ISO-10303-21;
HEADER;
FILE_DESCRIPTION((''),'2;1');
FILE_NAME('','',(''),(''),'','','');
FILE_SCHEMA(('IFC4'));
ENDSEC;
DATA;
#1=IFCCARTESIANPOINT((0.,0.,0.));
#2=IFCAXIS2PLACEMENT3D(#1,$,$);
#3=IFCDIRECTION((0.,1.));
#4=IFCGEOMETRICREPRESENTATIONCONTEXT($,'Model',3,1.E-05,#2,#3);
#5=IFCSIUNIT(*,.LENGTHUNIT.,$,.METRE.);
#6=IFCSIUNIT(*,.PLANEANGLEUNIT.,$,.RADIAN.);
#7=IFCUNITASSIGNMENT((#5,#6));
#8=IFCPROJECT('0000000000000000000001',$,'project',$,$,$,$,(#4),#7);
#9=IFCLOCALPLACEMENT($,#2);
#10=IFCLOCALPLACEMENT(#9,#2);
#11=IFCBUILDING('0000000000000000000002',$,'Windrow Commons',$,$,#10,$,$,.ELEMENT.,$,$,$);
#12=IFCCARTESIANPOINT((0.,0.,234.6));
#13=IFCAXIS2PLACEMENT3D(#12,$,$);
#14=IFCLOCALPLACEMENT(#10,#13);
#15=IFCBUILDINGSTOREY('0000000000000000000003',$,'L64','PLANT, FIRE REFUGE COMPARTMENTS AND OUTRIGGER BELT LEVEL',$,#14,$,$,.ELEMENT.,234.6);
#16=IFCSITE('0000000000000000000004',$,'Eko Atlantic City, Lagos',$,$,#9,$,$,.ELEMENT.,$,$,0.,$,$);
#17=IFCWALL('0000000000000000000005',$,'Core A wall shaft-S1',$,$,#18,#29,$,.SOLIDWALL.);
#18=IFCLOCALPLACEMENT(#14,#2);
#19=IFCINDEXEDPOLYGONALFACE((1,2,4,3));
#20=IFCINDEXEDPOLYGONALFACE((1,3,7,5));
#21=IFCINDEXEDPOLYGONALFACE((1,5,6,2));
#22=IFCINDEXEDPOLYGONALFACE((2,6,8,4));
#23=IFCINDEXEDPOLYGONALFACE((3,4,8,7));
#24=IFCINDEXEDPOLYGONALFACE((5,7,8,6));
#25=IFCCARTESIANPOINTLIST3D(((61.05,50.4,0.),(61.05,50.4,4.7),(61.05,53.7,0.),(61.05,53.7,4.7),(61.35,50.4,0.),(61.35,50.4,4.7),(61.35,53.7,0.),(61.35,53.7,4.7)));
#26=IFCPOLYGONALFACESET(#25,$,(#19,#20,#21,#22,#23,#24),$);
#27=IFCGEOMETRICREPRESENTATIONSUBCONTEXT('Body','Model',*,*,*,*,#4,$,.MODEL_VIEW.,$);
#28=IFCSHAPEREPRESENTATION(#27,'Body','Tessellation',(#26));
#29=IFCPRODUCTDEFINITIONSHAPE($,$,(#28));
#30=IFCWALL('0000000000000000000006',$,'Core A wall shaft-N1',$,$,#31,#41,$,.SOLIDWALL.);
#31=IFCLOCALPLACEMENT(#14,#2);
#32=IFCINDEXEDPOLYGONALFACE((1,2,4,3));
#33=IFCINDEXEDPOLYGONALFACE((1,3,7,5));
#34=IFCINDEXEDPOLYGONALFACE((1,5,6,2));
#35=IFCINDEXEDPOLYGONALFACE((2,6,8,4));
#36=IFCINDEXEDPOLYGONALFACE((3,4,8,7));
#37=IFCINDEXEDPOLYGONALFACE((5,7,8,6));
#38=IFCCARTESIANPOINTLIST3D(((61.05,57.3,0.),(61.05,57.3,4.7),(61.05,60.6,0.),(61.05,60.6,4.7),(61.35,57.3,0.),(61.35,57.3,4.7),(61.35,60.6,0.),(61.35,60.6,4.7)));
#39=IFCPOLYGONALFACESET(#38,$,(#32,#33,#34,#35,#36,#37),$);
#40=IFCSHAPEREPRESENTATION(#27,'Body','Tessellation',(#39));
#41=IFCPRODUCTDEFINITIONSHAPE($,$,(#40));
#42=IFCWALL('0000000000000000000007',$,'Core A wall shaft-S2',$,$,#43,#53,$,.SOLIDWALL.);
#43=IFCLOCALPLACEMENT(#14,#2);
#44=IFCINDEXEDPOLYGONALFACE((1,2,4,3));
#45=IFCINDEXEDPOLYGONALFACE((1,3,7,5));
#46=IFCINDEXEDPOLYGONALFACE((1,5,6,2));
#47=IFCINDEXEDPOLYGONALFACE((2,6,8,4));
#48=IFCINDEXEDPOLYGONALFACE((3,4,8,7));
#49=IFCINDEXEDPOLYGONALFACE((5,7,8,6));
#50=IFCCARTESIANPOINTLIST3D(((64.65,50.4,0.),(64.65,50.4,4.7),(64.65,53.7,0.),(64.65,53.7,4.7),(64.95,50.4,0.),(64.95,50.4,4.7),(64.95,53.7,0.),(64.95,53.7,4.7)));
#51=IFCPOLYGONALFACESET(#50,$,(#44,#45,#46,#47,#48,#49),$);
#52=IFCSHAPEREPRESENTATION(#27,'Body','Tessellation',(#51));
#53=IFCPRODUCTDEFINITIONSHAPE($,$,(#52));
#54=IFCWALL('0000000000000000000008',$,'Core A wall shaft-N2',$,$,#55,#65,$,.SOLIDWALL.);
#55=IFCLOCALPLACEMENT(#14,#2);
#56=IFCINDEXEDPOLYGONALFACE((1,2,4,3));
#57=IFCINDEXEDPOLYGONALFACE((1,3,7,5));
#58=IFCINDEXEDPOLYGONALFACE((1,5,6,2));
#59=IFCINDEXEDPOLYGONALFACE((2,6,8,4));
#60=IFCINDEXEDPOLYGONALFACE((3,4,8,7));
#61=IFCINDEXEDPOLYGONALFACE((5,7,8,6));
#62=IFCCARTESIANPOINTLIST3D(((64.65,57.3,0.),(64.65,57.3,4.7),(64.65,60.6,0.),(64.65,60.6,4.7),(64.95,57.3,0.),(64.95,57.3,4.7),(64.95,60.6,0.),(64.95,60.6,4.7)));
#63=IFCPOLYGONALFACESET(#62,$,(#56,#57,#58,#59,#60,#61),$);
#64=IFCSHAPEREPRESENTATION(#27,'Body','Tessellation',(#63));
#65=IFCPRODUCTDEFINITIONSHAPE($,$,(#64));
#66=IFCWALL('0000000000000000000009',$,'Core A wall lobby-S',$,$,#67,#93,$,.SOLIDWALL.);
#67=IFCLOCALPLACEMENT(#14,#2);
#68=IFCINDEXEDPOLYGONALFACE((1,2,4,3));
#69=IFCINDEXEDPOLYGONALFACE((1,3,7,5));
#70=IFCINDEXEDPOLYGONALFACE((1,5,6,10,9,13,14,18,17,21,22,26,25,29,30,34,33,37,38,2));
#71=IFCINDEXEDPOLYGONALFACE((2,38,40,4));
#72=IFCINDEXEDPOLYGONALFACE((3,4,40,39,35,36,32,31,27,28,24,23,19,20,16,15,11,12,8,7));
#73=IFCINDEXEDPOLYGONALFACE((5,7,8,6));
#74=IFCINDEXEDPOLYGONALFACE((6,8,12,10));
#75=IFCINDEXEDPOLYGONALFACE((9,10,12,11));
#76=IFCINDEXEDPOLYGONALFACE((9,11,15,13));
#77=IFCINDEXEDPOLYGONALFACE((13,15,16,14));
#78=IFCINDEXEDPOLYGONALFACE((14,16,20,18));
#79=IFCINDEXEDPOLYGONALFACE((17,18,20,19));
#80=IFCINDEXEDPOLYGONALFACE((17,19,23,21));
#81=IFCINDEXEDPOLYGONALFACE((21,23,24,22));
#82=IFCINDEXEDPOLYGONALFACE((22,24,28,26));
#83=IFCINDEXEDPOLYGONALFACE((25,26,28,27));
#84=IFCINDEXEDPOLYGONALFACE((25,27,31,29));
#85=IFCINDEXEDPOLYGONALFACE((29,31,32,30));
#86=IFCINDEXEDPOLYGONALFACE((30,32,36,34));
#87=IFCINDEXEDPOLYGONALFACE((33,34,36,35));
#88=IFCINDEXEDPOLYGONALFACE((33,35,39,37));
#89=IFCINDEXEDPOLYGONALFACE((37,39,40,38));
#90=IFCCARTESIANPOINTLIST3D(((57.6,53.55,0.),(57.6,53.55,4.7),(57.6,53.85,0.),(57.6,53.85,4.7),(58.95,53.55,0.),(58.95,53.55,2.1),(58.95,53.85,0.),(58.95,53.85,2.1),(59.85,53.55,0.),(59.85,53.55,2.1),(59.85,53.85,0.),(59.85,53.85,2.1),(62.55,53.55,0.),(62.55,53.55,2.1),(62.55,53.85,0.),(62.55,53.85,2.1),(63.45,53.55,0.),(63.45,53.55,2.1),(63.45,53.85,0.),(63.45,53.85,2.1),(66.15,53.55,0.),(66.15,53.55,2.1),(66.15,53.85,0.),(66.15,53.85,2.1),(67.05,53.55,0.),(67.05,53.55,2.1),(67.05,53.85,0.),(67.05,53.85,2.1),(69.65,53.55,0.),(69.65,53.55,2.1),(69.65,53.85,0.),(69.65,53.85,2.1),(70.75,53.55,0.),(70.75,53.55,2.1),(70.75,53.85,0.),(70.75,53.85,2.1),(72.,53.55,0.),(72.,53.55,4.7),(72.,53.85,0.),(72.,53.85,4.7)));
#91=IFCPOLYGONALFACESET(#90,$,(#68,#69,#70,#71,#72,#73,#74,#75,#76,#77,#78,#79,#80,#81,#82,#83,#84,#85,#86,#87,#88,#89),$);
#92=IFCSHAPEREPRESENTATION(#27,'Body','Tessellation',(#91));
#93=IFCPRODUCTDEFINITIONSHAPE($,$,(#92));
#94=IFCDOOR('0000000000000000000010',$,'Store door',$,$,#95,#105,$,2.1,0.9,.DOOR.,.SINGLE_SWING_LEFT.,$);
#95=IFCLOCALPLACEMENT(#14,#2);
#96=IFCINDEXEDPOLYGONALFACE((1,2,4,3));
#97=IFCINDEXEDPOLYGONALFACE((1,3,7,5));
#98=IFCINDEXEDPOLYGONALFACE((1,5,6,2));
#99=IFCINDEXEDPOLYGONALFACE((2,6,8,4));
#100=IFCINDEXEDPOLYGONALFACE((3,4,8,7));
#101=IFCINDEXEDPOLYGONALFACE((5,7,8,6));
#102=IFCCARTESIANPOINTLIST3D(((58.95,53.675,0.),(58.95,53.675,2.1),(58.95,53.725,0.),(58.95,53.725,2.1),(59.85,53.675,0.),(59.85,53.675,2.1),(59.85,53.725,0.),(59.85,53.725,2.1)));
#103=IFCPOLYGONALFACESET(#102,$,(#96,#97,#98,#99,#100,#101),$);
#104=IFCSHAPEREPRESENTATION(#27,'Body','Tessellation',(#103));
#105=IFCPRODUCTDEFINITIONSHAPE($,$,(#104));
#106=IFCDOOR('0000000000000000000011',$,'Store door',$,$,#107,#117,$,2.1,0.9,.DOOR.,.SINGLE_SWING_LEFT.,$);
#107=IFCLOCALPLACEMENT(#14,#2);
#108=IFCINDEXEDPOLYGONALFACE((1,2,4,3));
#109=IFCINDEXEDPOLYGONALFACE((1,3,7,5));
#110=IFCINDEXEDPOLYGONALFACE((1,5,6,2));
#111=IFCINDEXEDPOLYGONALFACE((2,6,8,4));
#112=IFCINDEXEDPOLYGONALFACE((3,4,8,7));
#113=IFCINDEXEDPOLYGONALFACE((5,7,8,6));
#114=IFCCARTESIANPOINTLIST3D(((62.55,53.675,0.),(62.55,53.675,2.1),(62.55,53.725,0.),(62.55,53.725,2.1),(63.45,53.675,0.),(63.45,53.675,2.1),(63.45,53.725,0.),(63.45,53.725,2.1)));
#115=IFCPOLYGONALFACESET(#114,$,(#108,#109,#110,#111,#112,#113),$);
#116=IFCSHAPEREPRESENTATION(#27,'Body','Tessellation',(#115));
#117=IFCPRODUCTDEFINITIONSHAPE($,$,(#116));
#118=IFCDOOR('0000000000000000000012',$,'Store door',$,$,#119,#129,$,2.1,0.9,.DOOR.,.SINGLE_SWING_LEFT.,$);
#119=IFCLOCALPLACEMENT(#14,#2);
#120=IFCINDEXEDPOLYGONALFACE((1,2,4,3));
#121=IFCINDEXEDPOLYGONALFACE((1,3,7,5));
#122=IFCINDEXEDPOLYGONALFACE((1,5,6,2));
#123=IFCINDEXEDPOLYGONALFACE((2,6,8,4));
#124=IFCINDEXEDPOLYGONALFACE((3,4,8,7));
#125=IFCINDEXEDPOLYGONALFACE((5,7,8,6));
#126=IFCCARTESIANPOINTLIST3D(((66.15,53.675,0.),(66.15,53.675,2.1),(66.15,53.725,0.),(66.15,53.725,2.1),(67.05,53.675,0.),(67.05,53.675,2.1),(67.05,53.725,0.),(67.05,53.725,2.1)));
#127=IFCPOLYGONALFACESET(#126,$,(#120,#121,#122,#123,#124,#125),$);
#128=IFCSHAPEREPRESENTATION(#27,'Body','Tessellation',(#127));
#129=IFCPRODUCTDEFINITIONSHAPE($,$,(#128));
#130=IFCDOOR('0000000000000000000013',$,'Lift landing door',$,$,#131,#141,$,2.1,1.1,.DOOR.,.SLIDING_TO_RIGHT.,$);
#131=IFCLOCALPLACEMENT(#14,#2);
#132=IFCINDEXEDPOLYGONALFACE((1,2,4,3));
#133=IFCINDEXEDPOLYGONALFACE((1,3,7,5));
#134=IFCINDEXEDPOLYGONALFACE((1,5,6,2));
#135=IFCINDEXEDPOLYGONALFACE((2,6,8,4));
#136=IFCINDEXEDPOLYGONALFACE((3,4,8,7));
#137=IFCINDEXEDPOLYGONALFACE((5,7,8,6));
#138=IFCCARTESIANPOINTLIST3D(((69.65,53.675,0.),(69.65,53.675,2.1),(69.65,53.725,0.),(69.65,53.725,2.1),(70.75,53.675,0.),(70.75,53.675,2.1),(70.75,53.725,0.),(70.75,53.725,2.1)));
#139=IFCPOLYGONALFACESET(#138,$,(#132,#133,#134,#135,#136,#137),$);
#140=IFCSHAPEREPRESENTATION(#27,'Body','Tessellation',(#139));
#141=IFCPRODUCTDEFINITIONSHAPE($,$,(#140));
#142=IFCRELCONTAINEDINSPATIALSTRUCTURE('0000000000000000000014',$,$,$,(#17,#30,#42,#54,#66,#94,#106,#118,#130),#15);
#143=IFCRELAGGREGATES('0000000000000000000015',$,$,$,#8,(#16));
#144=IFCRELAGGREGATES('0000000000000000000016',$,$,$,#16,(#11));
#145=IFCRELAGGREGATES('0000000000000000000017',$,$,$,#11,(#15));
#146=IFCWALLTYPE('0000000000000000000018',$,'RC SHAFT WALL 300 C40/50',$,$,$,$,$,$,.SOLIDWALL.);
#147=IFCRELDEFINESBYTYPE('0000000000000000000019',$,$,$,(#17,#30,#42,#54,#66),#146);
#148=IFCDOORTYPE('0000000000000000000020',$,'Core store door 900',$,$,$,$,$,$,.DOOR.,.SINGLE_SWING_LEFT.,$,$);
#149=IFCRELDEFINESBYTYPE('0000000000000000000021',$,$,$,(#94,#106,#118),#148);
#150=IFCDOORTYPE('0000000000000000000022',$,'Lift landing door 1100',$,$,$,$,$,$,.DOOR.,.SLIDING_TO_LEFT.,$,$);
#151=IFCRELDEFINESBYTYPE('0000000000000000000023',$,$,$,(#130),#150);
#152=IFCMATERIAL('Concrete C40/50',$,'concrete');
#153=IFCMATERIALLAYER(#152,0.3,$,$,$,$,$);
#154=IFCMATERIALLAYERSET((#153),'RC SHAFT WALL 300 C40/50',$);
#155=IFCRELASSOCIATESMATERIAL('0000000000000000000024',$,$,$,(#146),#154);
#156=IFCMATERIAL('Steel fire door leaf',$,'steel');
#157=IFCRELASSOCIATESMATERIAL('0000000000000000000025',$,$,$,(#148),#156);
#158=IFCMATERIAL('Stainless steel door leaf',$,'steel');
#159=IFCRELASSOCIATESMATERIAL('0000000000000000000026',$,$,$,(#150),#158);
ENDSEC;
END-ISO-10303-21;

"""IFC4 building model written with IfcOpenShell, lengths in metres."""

from ifc_helpers import new_model, si_unit, direction, frame, frame_2d, origin, place, context, subcontext, project, spatial, rectangle, extrude, material, layer, layer_set, type_object, element, fill, save


model = new_model("IFC4")

# Units and contexts
model_context = context("Model", 3, precision=1e-05, world=origin(), true_north=direction((0.0, 1.0)))
body_context = subcontext(model_context, "Body", "Model", "MODEL_VIEW")
ifc_project = project(units=[si_unit("LENGTHUNIT", "METRE"), si_unit("PLANEANGLEUNIT", "RADIAN")], contexts=[model_context])

# Site, building, storey
site_placement = place(None, origin())
site = spatial("IfcSite", under=ifc_project, at=site_placement, Name="Eko Atlantic City, Lagos", CompositionType="ELEMENT", RefElevation=0.0)
building_placement = place(site_placement, origin())
building = spatial("IfcBuilding", under=site, at=building_placement, Name="Windrow Commons", CompositionType="ELEMENT")
storey_placement = place(building_placement, frame((0.0, 0.0, 234.6)))
storey = spatial("IfcBuildingStorey", under=building, at=storey_placement, Name="L64", Description="PLANT, FIRE REFUGE COMPARTMENTS AND OUTRIGGER BELT LEVEL", CompositionType="ELEMENT", Elevation=234.6)

# Walls
ifc_material_1 = material(Name="Concrete C40/50", Category="concrete")
ifc_layer_1 = layer(ifc_material_1, 0.3)
ifc_layer_set_1 = layer_set([ifc_layer_1], Name="RC SHAFT WALL 300 C40/50")
wall_type_1 = type_object("IfcWallType", Name="RC SHAFT WALL 300 C40/50", PredefinedType="SOLIDWALL", material=ifc_layer_set_1)
for number, where, z_axis, x_axis, name in (
    (1, (61.2, 50.4, 0.0), (0.0, 0.0, 1.0), (0.0, 1.0, 0.0), "Core A wall shaft-S1"),
    (2, (61.2, 57.3, 0.0), (0.0, 0.0, 1.0), (0.0, 1.0, 0.0), "Core A wall shaft-N1"),
    (3, (64.8, 50.4, 0.0), (0.0, 0.0, 1.0), (0.0, 1.0, 0.0), "Core A wall shaft-S2"),
    (4, (64.8, 57.3, 0.0), (0.0, 0.0, 1.0), (0.0, 1.0, 0.0), "Core A wall shaft-N2"),
):
    element("IfcWall", number, at=place(storey_placement, frame(where, z_axis=z_axis, x_axis=x_axis)), inside=storey, type_object=wall_type_1, Name=name, PredefinedType="SOLIDWALL", context=body_context, shape_type="SweptSolid", body=[
        extrude(rectangle(XDim=3.3, YDim=0.3, at=frame_2d((1.65, 0.0))), origin(), (0.0, 0.0, 1.0), 4.7),
    ])

# Wall, openings, doors
wall_1_placement = place(storey_placement, frame((57.6, 53.7, 0.0), z_axis=(0.0, 0.0, 1.0), x_axis=(1.0, 0.0, 0.0)))
wall_1 = element("IfcWall", 5, at=wall_1_placement, inside=storey, type_object=wall_type_1, Name="Core A wall lobby-S", PredefinedType="SOLIDWALL", context=body_context, shape_type="SweptSolid", body=[
    extrude(rectangle(XDim=14.4, YDim=0.3, at=frame_2d((7.2, 0.0))), origin(), (0.0, 0.0, 1.0), 4.7),
])
opening_1_placement = place(wall_1_placement, frame((1.35, 0.0, 0.0)))
opening_1 = element("IfcOpeningElement", 6, at=opening_1_placement, cuts=wall_1, PredefinedType="OPENING", context=body_context, shape_type="SweptSolid", body=[
    extrude(rectangle(XDim=0.9, YDim=2.1, at=frame_2d((0.45, 1.05))), frame((0.0, 0.16, 0.0), z_axis=(0.0, -1.0, 0.0), x_axis=(1.0, 0.0, 0.0)), (0.0, 0.0, 1.0), 0.32),
])
opening_2_placement = place(wall_1_placement, frame((4.95, 0.0, 0.0)))
opening_2 = element("IfcOpeningElement", 7, at=opening_2_placement, cuts=wall_1, PredefinedType="OPENING", context=body_context, shape_type="SweptSolid", body=[
    extrude(rectangle(XDim=0.9, YDim=2.1, at=frame_2d((0.45, 1.05))), frame((0.0, 0.16, 0.0), z_axis=(0.0, -1.0, 0.0), x_axis=(1.0, 0.0, 0.0)), (0.0, 0.0, 1.0), 0.32),
])
opening_3_placement = place(wall_1_placement, frame((8.55, 0.0, 0.0)))
opening_3 = element("IfcOpeningElement", 8, at=opening_3_placement, cuts=wall_1, PredefinedType="OPENING", context=body_context, shape_type="SweptSolid", body=[
    extrude(rectangle(XDim=0.9, YDim=2.1, at=frame_2d((0.45, 1.05))), frame((0.0, 0.16, 0.0), z_axis=(0.0, -1.0, 0.0), x_axis=(1.0, 0.0, 0.0)), (0.0, 0.0, 1.0), 0.32),
])
opening_4_placement = place(wall_1_placement, frame((12.05, 0.0, 0.0)))
opening_4 = element("IfcOpeningElement", 9, at=opening_4_placement, cuts=wall_1, PredefinedType="OPENING", context=body_context, shape_type="SweptSolid", body=[
    extrude(rectangle(XDim=1.1, YDim=2.1, at=frame_2d((0.55, 1.05))), frame((0.0, 0.16, 0.0), z_axis=(0.0, -1.0, 0.0), x_axis=(1.0, 0.0, 0.0)), (0.0, 0.0, 1.0), 0.32),
])
ifc_material_2 = material(Name="Steel fire door leaf", Category="steel")
door_type_1 = type_object("IfcDoorType", Name="Core store door 900", OperationType="SINGLE_SWING_LEFT", PredefinedType="DOOR", material=ifc_material_2)
door_1_placement = place(opening_1_placement, origin())
door_1 = element("IfcDoor", 10, at=door_1_placement, inside=storey, type_object=door_type_1, Name="Store door", OperationType="SINGLE_SWING_LEFT", OverallHeight=2.1, OverallWidth=0.9, PredefinedType="DOOR", context=body_context, shape_type="SweptSolid", body=[
    extrude(rectangle(XDim=0.9, YDim=2.1, at=frame_2d((0.45, 1.05))), frame((0.0, 0.025, 0.0), z_axis=(0.0, -1.0, 0.0), x_axis=(1.0, 0.0, 0.0)), (0.0, 0.0, 1.0), 0.05),
])
fill(opening_1, door_1)
door_2_placement = place(opening_2_placement, origin())
door_2 = element("IfcDoor", 11, at=door_2_placement, inside=storey, type_object=door_type_1, Name="Store door", OperationType="SINGLE_SWING_LEFT", OverallHeight=2.1, OverallWidth=0.9, PredefinedType="DOOR", context=body_context, shape_type="SweptSolid", body=[
    extrude(rectangle(XDim=0.9, YDim=2.1, at=frame_2d((0.45, 1.05))), frame((0.0, 0.025, 0.0), z_axis=(0.0, -1.0, 0.0), x_axis=(1.0, 0.0, 0.0)), (0.0, 0.0, 1.0), 0.05),
])
fill(opening_2, door_2)
door_3_placement = place(opening_3_placement, origin())
door_3 = element("IfcDoor", 12, at=door_3_placement, inside=storey, type_object=door_type_1, Name="Store door", OperationType="SINGLE_SWING_LEFT", OverallHeight=2.1, OverallWidth=0.9, PredefinedType="DOOR", context=body_context, shape_type="SweptSolid", body=[
    extrude(rectangle(XDim=0.9, YDim=2.1, at=frame_2d((0.45, 1.05))), frame((0.0, 0.025, 0.0), z_axis=(0.0, -1.0, 0.0), x_axis=(1.0, 0.0, 0.0)), (0.0, 0.0, 1.0), 0.05),
])
fill(opening_3, door_3)
ifc_material_3 = material(Name="Stainless steel door leaf", Category="steel")
door_type_2 = type_object("IfcDoorType", Name="Lift landing door 1100", OperationType="SLIDING_TO_LEFT", PredefinedType="DOOR", material=ifc_material_3)
door_4_placement = place(opening_4_placement, origin())
door_4 = element("IfcDoor", 13, at=door_4_placement, inside=storey, type_object=door_type_2, Name="Lift landing door", OperationType="SLIDING_TO_RIGHT", OverallHeight=2.1, OverallWidth=1.1, PredefinedType="DOOR", context=body_context, shape_type="SweptSolid", body=[
    extrude(rectangle(XDim=1.1, YDim=2.1, at=frame_2d((0.55, 1.05))), frame((0.0, 0.025, 0.0), z_axis=(0.0, -1.0, 0.0), x_axis=(1.0, 0.0, 0.0)), (0.0, 0.0, 1.0), 0.05),
])
fill(opening_4, door_4)

save(model, "model.ifc")
